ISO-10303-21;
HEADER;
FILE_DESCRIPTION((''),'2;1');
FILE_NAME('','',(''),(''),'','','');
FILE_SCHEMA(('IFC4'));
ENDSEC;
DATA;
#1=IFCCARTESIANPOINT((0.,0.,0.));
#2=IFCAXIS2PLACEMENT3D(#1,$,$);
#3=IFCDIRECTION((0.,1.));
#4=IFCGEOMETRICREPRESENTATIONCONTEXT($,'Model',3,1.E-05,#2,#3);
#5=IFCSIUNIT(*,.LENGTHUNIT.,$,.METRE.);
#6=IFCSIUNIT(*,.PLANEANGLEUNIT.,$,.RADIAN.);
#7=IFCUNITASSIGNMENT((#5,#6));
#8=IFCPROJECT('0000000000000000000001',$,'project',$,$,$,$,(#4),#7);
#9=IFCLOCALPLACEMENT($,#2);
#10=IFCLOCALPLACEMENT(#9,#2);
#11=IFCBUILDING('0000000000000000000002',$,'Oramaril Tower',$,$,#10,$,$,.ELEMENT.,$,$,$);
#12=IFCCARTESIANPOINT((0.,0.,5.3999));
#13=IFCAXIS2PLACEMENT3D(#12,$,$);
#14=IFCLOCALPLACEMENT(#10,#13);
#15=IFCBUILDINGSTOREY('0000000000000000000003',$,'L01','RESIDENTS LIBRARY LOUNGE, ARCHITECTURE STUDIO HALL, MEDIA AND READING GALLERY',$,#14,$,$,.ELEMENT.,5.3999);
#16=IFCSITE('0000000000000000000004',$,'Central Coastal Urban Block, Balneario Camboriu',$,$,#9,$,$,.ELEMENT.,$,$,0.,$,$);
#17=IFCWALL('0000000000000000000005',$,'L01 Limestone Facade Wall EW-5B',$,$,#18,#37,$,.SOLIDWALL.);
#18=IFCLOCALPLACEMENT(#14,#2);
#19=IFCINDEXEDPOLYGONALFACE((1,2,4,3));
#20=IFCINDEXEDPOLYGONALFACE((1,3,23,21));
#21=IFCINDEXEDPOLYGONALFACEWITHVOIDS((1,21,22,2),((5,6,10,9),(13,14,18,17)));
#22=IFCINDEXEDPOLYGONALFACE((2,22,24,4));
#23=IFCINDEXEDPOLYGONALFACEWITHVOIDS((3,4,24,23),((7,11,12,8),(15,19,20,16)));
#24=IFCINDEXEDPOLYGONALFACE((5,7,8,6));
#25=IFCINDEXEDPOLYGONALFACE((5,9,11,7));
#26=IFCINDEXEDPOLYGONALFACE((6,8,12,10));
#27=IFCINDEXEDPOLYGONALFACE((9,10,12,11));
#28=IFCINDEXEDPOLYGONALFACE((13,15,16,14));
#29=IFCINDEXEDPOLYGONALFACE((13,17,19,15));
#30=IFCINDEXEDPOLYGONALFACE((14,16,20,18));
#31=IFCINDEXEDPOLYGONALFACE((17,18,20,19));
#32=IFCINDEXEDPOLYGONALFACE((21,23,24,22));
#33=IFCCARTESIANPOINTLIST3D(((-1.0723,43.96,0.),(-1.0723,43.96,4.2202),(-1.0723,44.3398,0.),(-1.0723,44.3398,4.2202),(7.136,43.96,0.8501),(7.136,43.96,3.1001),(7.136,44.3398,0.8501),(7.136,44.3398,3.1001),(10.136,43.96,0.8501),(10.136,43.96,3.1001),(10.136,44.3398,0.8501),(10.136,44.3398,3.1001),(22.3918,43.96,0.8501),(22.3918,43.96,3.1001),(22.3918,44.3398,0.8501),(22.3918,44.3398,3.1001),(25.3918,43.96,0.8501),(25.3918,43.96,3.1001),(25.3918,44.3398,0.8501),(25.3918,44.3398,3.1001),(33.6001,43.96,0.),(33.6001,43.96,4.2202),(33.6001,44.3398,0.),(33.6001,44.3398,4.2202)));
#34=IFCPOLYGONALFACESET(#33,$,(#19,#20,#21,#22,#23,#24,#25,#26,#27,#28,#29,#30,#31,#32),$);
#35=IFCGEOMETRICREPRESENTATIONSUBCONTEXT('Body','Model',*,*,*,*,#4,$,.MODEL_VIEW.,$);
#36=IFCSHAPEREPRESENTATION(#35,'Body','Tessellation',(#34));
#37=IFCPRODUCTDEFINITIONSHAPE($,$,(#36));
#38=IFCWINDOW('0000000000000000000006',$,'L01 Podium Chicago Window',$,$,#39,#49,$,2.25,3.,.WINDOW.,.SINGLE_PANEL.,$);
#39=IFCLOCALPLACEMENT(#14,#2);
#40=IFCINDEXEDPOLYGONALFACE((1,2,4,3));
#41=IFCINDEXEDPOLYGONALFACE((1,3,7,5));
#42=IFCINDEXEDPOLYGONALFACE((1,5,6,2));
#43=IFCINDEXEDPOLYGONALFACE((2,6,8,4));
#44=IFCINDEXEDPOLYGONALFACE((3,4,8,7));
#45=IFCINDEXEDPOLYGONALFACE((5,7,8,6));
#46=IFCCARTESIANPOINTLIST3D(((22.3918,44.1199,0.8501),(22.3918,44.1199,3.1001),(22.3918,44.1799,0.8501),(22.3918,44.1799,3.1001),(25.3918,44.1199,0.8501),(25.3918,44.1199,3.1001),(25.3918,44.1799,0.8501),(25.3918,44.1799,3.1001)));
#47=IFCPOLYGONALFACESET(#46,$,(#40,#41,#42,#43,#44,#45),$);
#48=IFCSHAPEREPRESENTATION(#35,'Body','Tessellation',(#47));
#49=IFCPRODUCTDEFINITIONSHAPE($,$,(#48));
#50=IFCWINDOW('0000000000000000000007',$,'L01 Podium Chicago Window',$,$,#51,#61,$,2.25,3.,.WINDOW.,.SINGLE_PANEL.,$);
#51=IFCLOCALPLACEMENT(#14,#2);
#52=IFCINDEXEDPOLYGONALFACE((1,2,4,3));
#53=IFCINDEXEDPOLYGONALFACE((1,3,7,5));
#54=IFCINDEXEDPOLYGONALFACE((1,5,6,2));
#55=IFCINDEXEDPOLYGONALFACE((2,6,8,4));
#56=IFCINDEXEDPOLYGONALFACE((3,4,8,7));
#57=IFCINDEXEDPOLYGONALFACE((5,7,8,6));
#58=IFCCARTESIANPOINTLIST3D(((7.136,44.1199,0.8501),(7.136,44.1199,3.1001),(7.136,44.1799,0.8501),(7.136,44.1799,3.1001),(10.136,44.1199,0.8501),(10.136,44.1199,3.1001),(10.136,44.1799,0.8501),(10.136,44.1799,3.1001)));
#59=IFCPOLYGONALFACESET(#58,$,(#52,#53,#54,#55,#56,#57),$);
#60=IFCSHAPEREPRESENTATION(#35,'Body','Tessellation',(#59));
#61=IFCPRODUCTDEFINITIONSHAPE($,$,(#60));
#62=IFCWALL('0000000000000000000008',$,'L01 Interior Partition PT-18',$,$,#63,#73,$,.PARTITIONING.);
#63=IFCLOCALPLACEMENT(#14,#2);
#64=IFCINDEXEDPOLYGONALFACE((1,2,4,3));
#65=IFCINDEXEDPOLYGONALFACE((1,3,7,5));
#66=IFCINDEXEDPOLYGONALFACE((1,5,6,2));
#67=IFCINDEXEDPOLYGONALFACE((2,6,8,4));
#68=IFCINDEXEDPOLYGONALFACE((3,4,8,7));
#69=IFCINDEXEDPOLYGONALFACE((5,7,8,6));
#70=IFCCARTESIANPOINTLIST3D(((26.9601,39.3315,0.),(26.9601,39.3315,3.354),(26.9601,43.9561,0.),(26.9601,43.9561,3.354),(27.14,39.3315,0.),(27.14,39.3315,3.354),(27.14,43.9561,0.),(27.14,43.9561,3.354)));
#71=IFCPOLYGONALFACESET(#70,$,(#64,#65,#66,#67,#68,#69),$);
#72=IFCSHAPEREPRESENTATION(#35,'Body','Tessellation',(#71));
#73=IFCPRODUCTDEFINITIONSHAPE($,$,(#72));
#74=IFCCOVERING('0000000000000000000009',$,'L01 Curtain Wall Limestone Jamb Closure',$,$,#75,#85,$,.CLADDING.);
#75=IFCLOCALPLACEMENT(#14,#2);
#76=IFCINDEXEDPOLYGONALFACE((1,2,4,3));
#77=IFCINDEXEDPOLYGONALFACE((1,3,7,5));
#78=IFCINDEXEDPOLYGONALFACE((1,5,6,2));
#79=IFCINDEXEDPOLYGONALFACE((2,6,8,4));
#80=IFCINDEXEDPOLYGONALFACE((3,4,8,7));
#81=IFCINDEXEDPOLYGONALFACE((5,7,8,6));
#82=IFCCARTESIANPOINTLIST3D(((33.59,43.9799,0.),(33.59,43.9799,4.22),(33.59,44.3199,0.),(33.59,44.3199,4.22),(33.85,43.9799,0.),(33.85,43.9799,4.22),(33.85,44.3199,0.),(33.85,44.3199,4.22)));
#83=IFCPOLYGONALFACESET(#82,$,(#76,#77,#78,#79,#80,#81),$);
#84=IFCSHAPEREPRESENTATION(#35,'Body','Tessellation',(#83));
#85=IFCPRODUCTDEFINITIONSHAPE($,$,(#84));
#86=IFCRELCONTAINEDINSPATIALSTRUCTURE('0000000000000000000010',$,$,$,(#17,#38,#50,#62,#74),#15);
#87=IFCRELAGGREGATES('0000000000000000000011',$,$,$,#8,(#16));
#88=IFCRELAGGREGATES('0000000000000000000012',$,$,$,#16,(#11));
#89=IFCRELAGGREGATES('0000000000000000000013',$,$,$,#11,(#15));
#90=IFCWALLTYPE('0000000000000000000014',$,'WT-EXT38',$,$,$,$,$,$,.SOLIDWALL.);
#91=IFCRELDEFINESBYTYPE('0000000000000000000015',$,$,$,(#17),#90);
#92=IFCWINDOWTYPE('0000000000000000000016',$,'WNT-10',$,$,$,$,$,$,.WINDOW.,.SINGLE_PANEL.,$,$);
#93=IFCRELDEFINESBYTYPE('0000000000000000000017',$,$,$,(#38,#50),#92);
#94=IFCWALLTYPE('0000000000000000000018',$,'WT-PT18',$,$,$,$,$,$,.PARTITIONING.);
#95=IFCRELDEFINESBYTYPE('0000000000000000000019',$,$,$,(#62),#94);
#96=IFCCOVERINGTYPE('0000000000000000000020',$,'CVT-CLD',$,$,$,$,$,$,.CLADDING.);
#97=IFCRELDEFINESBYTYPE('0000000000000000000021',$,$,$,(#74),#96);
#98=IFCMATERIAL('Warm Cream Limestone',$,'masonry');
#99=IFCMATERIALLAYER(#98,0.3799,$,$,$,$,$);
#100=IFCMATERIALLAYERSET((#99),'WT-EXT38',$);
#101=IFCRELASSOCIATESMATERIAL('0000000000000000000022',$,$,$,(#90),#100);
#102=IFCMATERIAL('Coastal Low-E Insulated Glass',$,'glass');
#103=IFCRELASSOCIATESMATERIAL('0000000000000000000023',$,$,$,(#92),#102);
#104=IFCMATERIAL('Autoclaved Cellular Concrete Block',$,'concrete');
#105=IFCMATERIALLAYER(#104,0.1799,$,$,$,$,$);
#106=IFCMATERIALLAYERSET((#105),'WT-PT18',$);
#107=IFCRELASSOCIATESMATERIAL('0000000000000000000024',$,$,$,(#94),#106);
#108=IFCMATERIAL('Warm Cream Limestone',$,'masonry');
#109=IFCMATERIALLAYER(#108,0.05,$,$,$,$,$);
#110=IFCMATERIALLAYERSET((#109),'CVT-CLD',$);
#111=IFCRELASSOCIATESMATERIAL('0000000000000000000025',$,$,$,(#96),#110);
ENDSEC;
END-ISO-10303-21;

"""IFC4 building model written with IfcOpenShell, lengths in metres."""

from ifc_helpers import new_model, si_unit, direction, frame, frame_2d, origin, origin_2d, place, context, subcontext, project, spatial, rectangle, extrude, material, layer, layer_set, type_object, element, fill, save


model = new_model("IFC4")

# Units and contexts
model_context = context("Model", 3, precision=1e-05, world=origin(), true_north=direction((0.0, 1.0)))
body_context = subcontext(model_context, "Body", "Model", "MODEL_VIEW")
ifc_project = project(units=[si_unit("LENGTHUNIT", "METRE"), si_unit("PLANEANGLEUNIT", "RADIAN")], contexts=[model_context])

# Site, building, storey
site_placement = place(None, origin())
site = spatial("IfcSite", under=ifc_project, at=site_placement, Name="Central Coastal Urban Block, Balneario Camboriu", CompositionType="ELEMENT", RefElevation=0.0)
building_placement = place(site_placement, origin())
building = spatial("IfcBuilding", under=site, at=building_placement, Name="Oramaril Tower", CompositionType="ELEMENT")
storey_placement = place(building_placement, frame((0.0, 0.0, 5.3999)))
storey = spatial("IfcBuildingStorey", under=building, at=storey_placement, Name="L01", Description="RESIDENTS LIBRARY LOUNGE, ARCHITECTURE STUDIO HALL, MEDIA AND READING GALLERY", CompositionType="ELEMENT", Elevation=5.3999)

# Wall, openings, windows
ifc_material_1 = material(Name="Warm Cream Limestone", Category="masonry")
ifc_layer_1 = layer(ifc_material_1, 0.3799)
ifc_layer_set_1 = layer_set([ifc_layer_1], Name="WT-EXT38")
wall_type_1 = type_object("IfcWallType", Name="WT-EXT38", PredefinedType="SOLIDWALL", material=ifc_layer_set_1)
wall_1_placement = place(storey_placement, frame((33.6001, 44.1499, 0.0), z_axis=(0.0, 0.0, 1.0), x_axis=(-1.0, 0.0, 0.0)))
wall_1 = element("IfcWall", 1, at=wall_1_placement, inside=storey, type_object=wall_type_1, Name="L01 Limestone Facade Wall EW-5B", PredefinedType="SOLIDWALL", context=body_context, shape_type="SweptSolid", body=[
    extrude(rectangle(XDim=34.6724, YDim=0.3799, at=frame_2d((17.3362, 0.0))), origin(), (0.0, 0.0, 1.0), 4.2202),
])
opening_1_placement = place(wall_1_placement, frame((8.2083, 0.0, 0.8501)))
opening_1 = element("IfcOpeningElement", 2, at=opening_1_placement, cuts=wall_1, PredefinedType="OPENING", context=body_context, shape_type="SweptSolid", body=[
    extrude(rectangle(XDim=3.0, YDim=2.25, at=frame_2d((1.5, 1.125))), frame((0.0, 0.1899, 0.0), z_axis=(0.0, -1.0, 0.0), x_axis=(1.0, 0.0, 0.0)), (0.0, 0.0, 1.0), 0.3799),
])
opening_2_placement = place(wall_1_placement, frame((23.4641, 0.0, 0.8501)))
opening_2 = element("IfcOpeningElement", 3, at=opening_2_placement, cuts=wall_1, PredefinedType="OPENING", context=body_context, shape_type="SweptSolid", body=[
    extrude(rectangle(XDim=3.0, YDim=2.25, at=frame_2d((1.5, 1.125))), frame((0.0, 0.1899, 0.0), z_axis=(0.0, -1.0, 0.0), x_axis=(1.0, 0.0, 0.0)), (0.0, 0.0, 1.0), 0.3799),
])
ifc_material_2 = material(Name="Coastal Low-E Insulated Glass", Category="glass")
window_type = type_object("IfcWindowType", Name="WNT-10", PartitioningType="SINGLE_PANEL", PredefinedType="WINDOW", material=ifc_material_2)
window_1_placement = place(opening_1_placement, origin())
window_1 = element("IfcWindow", 4, at=window_1_placement, inside=storey, type_object=window_type, Name="L01 Podium Chicago Window", OverallHeight=2.25, OverallWidth=3.0, PartitioningType="SINGLE_PANEL", PredefinedType="WINDOW", context=body_context, shape_type="SweptSolid", body=[
    extrude(rectangle(XDim=3.0, YDim=2.25, at=frame_2d((1.5, 1.125))), frame((0.0, 0.03, 0.0), z_axis=(0.0, -1.0, 0.0), x_axis=(1.0, 0.0, 0.0)), (0.0, 0.0, 1.0), 0.0601),
])
fill(opening_1, window_1)
window_2_placement = place(opening_2_placement, origin())
window_2 = element("IfcWindow", 5, at=window_2_placement, inside=storey, type_object=window_type, Name="L01 Podium Chicago Window", OverallHeight=2.25, OverallWidth=3.0, PartitioningType="SINGLE_PANEL", PredefinedType="WINDOW", context=body_context, shape_type="SweptSolid", body=[
    extrude(rectangle(XDim=3.0, YDim=2.25, at=frame_2d((1.5, 1.125))), frame((0.0, 0.03, 0.0), z_axis=(0.0, -1.0, 0.0), x_axis=(1.0, 0.0, 0.0)), (0.0, 0.0, 1.0), 0.0601),
])
fill(opening_2, window_2)

# Shared definitions
ifc_material_3 = material(Name="Autoclaved Cellular Concrete Block", Category="concrete")
ifc_layer_2 = layer(ifc_material_3, 0.1799)
ifc_layer_set_2 = layer_set([ifc_layer_2], Name="WT-PT18")
wall_type_2 = type_object("IfcWallType", Name="WT-PT18", PredefinedType="PARTITIONING", material=ifc_layer_set_2)

# Wall
wall_2_placement = place(storey_placement, frame((27.05, 39.3315, 0.0), z_axis=(0.0, 0.0, 1.0), x_axis=(0.0, 1.0, 0.0)))
element("IfcWall", 6, at=wall_2_placement, inside=storey, type_object=wall_type_2, Name="L01 Interior Partition PT-18", PredefinedType="PARTITIONING", context=body_context, shape_type="SweptSolid", body=[
    extrude(rectangle(XDim=4.6245, YDim=0.1799, at=frame_2d((2.3123, 0.0))), origin(), (0.0, 0.0, 1.0), 3.354),
])

# Covering
ifc_material_4 = material(Name="Warm Cream Limestone", Category="masonry")
ifc_layer_3 = layer(ifc_material_4, 0.05)
ifc_layer_set_3 = layer_set([ifc_layer_3], Name="CVT-CLD")
covering_type = type_object("IfcCoveringType", Name="CVT-CLD", PredefinedType="CLADDING", material=ifc_layer_set_3)
covering_placement = place(storey_placement, frame((33.72, 44.1499, 0.0), z_axis=(0.0, 0.0, 1.0), x_axis=(-1.0, 0.0, 0.0)))
element("IfcCovering", 7, at=covering_placement, inside=storey, type_object=covering_type, Name="L01 Curtain Wall Limestone Jamb Closure", PredefinedType="CLADDING", context=body_context, shape_type="SweptSolid", body=[
    extrude(rectangle(XDim=0.26, YDim=0.3401, at=origin_2d()), origin(), (0.0, 0.0, 1.0), 4.22),
])

save(model, "model.ifc")
